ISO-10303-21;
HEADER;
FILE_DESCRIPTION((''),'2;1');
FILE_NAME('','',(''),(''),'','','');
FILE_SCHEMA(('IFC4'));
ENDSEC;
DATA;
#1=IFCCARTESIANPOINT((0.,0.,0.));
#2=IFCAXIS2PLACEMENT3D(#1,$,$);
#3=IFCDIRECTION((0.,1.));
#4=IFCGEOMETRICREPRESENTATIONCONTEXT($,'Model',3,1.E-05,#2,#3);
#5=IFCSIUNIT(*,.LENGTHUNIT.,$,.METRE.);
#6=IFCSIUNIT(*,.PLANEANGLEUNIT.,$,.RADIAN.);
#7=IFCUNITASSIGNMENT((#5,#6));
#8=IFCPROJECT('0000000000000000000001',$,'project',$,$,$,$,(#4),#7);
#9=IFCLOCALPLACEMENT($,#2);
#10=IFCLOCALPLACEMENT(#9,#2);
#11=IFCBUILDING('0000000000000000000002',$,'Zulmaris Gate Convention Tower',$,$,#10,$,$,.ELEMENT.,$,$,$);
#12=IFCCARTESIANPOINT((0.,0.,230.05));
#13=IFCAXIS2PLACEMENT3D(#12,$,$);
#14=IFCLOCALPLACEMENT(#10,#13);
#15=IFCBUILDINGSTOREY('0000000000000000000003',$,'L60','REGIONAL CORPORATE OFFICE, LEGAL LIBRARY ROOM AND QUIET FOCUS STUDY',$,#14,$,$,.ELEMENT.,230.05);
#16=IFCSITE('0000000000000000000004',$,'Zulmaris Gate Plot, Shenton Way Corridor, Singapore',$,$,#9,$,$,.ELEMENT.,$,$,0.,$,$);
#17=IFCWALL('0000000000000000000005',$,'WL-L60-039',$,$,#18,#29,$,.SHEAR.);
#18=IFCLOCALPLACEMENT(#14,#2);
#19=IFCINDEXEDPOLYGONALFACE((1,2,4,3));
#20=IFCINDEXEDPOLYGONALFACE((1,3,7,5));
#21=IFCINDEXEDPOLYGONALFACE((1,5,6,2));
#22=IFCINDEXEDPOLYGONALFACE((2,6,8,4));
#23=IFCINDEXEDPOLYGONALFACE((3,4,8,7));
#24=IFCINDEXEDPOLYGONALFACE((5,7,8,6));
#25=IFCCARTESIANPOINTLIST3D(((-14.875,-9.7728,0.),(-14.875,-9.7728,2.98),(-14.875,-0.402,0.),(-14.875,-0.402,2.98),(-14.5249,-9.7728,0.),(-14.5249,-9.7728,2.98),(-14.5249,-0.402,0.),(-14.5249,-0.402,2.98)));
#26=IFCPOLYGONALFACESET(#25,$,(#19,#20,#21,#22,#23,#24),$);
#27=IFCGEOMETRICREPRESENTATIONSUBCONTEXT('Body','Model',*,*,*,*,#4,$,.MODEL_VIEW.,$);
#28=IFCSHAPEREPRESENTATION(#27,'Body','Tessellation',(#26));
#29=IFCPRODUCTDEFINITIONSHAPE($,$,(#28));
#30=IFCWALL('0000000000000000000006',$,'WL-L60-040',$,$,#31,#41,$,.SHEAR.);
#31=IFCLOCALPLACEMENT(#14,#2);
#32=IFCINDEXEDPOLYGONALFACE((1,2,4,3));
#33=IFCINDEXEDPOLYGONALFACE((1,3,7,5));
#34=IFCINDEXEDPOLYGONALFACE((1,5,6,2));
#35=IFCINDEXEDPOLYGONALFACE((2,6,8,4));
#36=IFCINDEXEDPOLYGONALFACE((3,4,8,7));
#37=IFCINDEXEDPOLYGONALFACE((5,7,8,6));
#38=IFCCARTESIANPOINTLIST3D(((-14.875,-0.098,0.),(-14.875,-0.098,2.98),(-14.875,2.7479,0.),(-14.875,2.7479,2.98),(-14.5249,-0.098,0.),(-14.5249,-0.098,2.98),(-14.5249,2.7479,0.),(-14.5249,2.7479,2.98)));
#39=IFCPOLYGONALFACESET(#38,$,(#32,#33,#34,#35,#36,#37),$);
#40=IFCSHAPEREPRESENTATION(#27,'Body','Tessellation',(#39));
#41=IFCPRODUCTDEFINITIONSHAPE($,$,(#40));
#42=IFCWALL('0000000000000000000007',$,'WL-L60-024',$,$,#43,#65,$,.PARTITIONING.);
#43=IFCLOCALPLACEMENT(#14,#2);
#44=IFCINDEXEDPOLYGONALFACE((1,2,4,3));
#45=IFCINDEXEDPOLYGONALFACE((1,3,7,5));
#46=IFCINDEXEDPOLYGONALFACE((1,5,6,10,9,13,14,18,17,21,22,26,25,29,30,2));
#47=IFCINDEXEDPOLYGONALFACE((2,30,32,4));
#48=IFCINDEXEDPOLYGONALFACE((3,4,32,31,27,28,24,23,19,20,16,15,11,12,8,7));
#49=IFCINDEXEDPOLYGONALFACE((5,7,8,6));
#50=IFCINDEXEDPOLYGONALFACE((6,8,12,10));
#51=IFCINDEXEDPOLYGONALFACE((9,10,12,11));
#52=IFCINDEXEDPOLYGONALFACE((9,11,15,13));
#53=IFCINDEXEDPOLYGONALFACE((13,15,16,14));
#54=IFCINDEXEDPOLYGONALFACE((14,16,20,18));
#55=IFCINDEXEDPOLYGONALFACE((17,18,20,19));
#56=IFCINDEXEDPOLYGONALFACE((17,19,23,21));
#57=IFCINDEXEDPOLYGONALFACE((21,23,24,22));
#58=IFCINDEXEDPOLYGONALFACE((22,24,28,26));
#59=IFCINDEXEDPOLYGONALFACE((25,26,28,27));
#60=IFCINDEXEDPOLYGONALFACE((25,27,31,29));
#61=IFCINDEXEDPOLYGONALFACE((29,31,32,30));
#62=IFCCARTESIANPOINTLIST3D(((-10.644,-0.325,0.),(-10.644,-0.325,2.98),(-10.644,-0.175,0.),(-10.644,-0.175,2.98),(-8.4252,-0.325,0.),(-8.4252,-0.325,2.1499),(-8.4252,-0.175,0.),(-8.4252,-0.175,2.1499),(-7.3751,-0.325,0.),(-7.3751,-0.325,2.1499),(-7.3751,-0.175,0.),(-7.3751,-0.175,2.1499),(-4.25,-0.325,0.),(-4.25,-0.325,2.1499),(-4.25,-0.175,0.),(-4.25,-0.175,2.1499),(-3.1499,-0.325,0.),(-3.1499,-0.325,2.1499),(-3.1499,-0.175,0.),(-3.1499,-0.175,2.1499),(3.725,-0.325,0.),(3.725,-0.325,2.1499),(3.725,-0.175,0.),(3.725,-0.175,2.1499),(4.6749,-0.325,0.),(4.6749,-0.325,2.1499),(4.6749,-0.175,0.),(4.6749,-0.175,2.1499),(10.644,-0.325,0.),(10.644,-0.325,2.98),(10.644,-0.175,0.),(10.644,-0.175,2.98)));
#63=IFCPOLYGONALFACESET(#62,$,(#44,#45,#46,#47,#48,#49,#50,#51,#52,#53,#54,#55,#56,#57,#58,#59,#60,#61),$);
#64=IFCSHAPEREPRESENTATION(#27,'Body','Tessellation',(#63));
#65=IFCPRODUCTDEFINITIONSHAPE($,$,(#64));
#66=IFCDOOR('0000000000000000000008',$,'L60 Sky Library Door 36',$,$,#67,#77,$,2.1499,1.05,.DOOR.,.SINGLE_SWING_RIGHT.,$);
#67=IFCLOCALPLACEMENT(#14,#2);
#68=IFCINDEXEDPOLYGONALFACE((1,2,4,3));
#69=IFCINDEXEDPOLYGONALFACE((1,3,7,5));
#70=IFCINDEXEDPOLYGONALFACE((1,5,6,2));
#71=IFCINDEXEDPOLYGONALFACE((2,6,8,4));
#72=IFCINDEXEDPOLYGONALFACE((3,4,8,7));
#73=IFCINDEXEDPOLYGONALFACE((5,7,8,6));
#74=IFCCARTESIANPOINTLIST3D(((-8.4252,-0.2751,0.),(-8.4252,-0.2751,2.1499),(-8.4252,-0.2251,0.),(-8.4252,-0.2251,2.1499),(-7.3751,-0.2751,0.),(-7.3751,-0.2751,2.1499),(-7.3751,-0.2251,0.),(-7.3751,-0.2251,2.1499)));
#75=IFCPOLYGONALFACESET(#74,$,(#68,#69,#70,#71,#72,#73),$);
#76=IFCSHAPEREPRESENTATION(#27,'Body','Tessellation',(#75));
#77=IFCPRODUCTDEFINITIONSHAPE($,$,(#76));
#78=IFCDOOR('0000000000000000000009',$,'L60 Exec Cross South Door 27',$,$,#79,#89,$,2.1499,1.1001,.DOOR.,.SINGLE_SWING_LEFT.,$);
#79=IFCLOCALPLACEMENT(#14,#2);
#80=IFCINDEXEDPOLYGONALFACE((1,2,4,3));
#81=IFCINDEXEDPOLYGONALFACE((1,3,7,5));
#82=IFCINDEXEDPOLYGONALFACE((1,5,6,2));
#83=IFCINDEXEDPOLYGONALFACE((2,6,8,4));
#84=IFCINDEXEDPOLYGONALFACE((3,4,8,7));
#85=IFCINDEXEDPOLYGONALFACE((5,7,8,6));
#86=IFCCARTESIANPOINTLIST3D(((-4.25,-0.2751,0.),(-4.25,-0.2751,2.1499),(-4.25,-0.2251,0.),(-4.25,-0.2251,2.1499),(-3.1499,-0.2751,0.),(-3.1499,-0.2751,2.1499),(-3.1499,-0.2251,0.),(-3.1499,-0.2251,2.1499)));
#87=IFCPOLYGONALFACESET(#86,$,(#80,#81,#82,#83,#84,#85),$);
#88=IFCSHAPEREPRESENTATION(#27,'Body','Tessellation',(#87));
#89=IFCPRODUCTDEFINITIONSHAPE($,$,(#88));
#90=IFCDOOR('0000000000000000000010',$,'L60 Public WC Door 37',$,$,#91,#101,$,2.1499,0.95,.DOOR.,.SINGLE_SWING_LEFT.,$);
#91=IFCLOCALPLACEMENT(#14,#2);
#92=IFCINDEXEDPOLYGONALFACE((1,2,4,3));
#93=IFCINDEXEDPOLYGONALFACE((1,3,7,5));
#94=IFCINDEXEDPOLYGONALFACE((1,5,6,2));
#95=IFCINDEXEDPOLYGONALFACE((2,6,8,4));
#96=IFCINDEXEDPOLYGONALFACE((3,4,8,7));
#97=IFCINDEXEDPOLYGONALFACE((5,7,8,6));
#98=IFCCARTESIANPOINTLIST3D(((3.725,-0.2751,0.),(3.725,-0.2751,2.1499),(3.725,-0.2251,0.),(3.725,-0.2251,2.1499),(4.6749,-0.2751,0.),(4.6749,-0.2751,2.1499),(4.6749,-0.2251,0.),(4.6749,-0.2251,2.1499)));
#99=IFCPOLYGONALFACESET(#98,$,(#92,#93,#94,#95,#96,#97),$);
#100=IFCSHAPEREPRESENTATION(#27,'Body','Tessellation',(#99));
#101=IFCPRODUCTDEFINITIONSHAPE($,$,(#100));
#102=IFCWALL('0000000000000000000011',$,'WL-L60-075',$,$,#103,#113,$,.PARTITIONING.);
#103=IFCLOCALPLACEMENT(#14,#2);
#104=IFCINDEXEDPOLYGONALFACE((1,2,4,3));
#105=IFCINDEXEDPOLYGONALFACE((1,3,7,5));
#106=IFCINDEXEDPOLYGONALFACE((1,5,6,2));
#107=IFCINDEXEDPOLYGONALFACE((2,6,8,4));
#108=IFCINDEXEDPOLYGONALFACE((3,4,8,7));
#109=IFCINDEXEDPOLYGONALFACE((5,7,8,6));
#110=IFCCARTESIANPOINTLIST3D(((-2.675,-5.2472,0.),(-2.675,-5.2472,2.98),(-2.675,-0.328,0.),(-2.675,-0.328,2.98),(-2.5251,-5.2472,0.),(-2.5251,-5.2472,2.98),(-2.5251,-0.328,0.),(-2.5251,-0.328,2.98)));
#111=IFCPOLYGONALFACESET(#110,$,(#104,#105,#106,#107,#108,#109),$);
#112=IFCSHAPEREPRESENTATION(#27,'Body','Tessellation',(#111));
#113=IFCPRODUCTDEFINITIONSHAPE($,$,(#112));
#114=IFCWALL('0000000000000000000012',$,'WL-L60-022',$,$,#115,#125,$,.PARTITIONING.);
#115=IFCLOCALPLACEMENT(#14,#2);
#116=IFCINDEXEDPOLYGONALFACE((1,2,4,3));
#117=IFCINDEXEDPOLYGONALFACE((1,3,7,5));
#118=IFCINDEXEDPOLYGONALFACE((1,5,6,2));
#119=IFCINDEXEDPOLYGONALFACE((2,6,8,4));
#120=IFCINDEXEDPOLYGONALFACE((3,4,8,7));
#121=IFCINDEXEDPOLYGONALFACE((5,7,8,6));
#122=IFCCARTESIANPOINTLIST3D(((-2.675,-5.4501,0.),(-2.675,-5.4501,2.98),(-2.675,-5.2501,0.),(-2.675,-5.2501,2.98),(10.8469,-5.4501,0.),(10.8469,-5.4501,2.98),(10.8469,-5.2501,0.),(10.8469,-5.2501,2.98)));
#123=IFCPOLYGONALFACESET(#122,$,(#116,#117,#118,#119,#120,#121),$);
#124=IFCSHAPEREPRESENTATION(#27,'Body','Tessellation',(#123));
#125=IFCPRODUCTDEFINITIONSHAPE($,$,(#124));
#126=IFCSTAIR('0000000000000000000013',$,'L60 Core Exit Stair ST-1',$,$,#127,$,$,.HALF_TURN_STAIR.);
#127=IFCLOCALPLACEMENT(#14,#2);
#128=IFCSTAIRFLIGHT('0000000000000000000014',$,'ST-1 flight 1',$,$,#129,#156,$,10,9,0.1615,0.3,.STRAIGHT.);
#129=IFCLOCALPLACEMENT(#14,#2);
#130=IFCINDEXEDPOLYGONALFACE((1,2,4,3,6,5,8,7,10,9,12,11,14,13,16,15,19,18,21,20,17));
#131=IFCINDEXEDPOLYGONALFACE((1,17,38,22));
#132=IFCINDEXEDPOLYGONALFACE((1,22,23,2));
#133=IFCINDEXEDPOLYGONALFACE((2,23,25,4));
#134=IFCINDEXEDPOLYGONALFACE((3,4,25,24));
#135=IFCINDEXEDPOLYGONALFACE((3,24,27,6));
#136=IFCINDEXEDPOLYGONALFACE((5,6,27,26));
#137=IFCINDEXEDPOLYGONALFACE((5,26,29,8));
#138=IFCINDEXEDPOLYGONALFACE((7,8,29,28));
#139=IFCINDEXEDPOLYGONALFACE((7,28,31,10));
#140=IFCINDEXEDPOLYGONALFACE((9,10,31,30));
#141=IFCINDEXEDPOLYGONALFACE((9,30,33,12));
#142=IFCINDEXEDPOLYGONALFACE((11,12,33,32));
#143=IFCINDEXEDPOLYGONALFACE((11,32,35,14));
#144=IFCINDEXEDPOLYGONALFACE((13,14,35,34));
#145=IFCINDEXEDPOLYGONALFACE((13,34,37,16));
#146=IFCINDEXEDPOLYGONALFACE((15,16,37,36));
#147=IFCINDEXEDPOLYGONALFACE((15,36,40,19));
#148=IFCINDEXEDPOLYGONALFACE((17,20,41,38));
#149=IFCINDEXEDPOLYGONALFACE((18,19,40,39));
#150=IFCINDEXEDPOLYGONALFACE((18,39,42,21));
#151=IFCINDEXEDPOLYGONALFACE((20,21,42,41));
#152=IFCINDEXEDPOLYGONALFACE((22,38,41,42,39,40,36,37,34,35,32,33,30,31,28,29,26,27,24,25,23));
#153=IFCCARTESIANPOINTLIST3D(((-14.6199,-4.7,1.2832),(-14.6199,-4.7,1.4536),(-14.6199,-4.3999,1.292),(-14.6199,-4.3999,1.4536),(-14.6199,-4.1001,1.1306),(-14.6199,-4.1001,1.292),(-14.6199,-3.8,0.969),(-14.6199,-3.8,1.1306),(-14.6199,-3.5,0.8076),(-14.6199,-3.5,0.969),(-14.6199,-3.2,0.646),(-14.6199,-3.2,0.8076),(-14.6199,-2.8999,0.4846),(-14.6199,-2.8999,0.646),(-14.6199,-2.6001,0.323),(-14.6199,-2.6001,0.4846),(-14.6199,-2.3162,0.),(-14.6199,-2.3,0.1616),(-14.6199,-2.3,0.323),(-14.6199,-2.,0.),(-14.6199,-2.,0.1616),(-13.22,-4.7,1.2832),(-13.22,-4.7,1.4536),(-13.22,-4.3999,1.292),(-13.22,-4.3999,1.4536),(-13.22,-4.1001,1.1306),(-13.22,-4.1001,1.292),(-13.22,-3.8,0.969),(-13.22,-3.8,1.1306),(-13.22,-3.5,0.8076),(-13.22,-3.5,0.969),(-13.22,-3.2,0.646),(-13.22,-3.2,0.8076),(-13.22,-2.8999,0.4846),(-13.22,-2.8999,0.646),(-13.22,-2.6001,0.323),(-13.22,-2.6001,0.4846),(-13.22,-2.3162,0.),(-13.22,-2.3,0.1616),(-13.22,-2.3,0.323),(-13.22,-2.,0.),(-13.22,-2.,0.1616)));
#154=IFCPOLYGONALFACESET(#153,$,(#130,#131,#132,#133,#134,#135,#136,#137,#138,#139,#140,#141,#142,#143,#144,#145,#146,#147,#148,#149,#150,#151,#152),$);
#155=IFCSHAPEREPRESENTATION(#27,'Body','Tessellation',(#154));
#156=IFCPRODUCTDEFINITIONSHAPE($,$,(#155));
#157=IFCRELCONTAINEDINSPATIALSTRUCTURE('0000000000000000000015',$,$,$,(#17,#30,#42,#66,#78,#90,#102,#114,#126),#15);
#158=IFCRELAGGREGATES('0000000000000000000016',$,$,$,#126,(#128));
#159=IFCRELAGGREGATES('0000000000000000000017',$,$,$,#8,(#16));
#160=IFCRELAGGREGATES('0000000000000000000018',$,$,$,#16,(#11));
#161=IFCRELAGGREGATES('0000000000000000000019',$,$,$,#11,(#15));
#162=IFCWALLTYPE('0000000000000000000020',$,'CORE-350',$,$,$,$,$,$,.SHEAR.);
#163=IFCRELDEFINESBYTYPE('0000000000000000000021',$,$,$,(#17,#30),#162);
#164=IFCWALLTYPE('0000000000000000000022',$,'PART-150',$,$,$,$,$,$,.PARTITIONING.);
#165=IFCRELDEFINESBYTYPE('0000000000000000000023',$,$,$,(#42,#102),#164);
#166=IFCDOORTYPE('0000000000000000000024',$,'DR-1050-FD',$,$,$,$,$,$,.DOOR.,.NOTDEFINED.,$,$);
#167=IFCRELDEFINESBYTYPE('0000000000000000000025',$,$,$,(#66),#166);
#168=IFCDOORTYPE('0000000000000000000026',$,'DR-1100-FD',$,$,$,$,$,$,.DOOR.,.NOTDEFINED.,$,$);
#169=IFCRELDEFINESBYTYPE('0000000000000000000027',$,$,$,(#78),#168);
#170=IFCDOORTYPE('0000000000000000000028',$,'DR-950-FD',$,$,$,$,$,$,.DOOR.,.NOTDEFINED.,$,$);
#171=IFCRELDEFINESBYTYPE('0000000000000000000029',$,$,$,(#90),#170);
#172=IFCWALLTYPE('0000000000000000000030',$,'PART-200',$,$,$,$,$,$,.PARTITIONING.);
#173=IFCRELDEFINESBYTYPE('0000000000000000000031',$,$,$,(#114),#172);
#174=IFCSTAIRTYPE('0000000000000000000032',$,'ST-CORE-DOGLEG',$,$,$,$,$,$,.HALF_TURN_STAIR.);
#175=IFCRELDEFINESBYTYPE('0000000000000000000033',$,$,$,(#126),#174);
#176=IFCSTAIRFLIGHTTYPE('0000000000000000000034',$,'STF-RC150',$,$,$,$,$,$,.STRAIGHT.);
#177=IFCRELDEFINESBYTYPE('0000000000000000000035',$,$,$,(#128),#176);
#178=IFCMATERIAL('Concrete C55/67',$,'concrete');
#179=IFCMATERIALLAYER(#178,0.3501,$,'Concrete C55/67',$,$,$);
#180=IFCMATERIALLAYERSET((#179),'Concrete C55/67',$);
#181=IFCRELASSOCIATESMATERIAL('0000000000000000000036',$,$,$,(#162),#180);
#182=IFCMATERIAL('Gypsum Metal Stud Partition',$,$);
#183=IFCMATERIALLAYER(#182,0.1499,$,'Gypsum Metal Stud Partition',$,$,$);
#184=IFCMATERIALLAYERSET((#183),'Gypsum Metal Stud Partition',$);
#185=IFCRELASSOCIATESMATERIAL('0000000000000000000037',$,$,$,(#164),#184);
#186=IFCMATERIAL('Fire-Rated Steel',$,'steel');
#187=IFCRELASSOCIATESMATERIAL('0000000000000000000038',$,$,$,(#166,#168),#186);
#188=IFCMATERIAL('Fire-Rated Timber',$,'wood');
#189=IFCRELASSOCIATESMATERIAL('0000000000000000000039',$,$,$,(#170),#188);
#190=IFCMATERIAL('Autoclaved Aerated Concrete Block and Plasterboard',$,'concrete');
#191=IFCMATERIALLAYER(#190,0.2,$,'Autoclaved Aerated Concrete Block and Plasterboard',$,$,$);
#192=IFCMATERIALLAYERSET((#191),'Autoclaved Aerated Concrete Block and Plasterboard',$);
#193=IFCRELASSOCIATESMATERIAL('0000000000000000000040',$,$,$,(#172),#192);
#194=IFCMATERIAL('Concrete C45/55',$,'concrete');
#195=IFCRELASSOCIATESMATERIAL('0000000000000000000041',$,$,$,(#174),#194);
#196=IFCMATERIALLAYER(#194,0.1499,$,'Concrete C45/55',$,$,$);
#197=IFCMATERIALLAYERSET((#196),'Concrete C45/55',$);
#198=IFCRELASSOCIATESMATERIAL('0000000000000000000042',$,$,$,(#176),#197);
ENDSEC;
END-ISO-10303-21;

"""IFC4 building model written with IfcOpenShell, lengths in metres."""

from ifc_helpers import new_model, si_unit, direction, frame, frame_2d, origin, place, context, subcontext, project, spatial, polyline, rectangle, outline, extrude, material, layer, layer_set, type_object, element, fill, aggregate, save


model = new_model("IFC4")

# Units and contexts
model_context = context("Model", 3, precision=1e-05, world=origin(), true_north=direction((0.0, 1.0)))
body_context = subcontext(model_context, "Body", "Model", "MODEL_VIEW")
ifc_project = project(units=[si_unit("LENGTHUNIT", "METRE"), si_unit("PLANEANGLEUNIT", "RADIAN")], contexts=[model_context])

# Site, building, storey
site_placement = place(None, origin())
site = spatial("IfcSite", under=ifc_project, at=site_placement, Name="Zulmaris Gate Plot, Shenton Way Corridor, Singapore", CompositionType="ELEMENT", RefElevation=0.0)
building_placement = place(site_placement, origin())
building = spatial("IfcBuilding", under=site, at=building_placement, Name="Zulmaris Gate Convention Tower", CompositionType="ELEMENT")
storey_placement = place(building_placement, frame((0.0, 0.0, 230.05)))
storey = spatial("IfcBuildingStorey", under=building, at=storey_placement, Name="L60", Description="REGIONAL CORPORATE OFFICE, LEGAL LIBRARY ROOM AND QUIET FOCUS STUDY", CompositionType="ELEMENT", Elevation=230.05)

# Walls
ifc_material_1 = material(Name="Concrete C55/67", Category="concrete")
ifc_layer_1 = layer(ifc_material_1, 0.3501, Name="Concrete C55/67")
ifc_layer_set_1 = layer_set([ifc_layer_1], Name="Concrete C55/67")
wall_type_1 = type_object("IfcWallType", Name="CORE-350", PredefinedType="SHEAR", material=ifc_layer_set_1)
wall_1_placement = place(storey_placement, frame((-14.7, -9.7729, 0.0), z_axis=(0.0, 0.0, 1.0), x_axis=(0.0, 1.0, 0.0)))
element("IfcWall", 1, at=wall_1_placement, inside=storey, type_object=wall_type_1, Name="WL-L60-039", PredefinedType="SHEAR", context=body_context, shape_type="SweptSolid", body=[
    extrude(rectangle(XDim=9.3708, YDim=0.3501, at=frame_2d((4.6855, 0.0))), origin(), (0.0, 0.0, 1.0), 2.98),
])
wall_2_placement = place(storey_placement, frame((-14.7, -0.0979, 0.0), z_axis=(0.0, 0.0, 1.0), x_axis=(0.0, 1.0, 0.0)))
element("IfcWall", 2, at=wall_2_placement, inside=storey, type_object=wall_type_1, Name="WL-L60-040", PredefinedType="SHEAR", context=body_context, shape_type="SweptSolid", body=[
    extrude(rectangle(XDim=2.8459, YDim=0.3501, at=frame_2d((1.4229, 0.0))), origin(), (0.0, 0.0, 1.0), 2.98),
])

# Wall, openings, doors
ifc_material_2 = material(Name="Gypsum Metal Stud Partition")
ifc_layer_2 = layer(ifc_material_2, 0.1499, Name="Gypsum Metal Stud Partition")
ifc_layer_set_2 = layer_set([ifc_layer_2], Name="Gypsum Metal Stud Partition")
wall_type_2 = type_object("IfcWallType", Name="PART-150", PredefinedType="PARTITIONING", material=ifc_layer_set_2)
wall_3_placement = place(storey_placement, frame((-10.644, -0.25, 0.0), z_axis=(0.0, 0.0, 1.0), x_axis=(1.0, 0.0, 0.0)))
wall_3 = element("IfcWall", 3, at=wall_3_placement, inside=storey, type_object=wall_type_2, Name="WL-L60-024", PredefinedType="PARTITIONING", context=body_context, shape_type="SweptSolid", body=[
    extrude(rectangle(XDim=21.2881, YDim=0.1499, at=frame_2d((10.644, 0.0))), origin(), (0.0, 0.0, 1.0), 2.98),
])
opening_1_placement = place(wall_3_placement, frame((6.394, 0.0, 0.0)))
opening_1 = element("IfcOpeningElement", 4, at=opening_1_placement, cuts=wall_3, PredefinedType="OPENING", context=body_context, shape_type="SweptSolid", body=[
    extrude(rectangle(XDim=1.1001, YDim=2.1499, at=frame_2d((0.55, 1.075))), frame((0.0, 0.085, 0.0), z_axis=(0.0, -1.0, 0.0), x_axis=(1.0, 0.0, 0.0)), (0.0, 0.0, 1.0), 0.1699),
])
opening_2_placement = place(wall_3_placement, frame((2.219, 0.0, 0.0)))
opening_2 = element("IfcOpeningElement", 5, at=opening_2_placement, cuts=wall_3, PredefinedType="OPENING", context=body_context, shape_type="SweptSolid", body=[
    extrude(rectangle(XDim=1.05, YDim=2.1499, at=frame_2d((0.5249, 1.075))), frame((0.0, 0.085, 0.0), z_axis=(0.0, -1.0, 0.0), x_axis=(1.0, 0.0, 0.0)), (0.0, 0.0, 1.0), 0.1699),
])
opening_3_placement = place(wall_3_placement, frame((14.3689, 0.0, 0.0)))
opening_3 = element("IfcOpeningElement", 6, at=opening_3_placement, cuts=wall_3, PredefinedType="OPENING", context=body_context, shape_type="SweptSolid", body=[
    extrude(rectangle(XDim=0.95, YDim=2.1499, at=frame_2d((0.4751, 1.075))), frame((0.0, 0.085, 0.0), z_axis=(0.0, -1.0, 0.0), x_axis=(1.0, 0.0, 0.0)), (0.0, 0.0, 1.0), 0.1699),
])
ifc_material_3 = material(Name="Fire-Rated Steel", Category="steel")
door_type_1 = type_object("IfcDoorType", Name="DR-1050-FD", OperationType="NOTDEFINED", PredefinedType="DOOR", material=ifc_material_3)
door_1_placement = place(opening_2_placement, origin())
door_1 = element("IfcDoor", 7, at=door_1_placement, inside=storey, type_object=door_type_1, Name="L60 Sky Library Door 36", OperationType="SINGLE_SWING_RIGHT", OverallHeight=2.1499, OverallWidth=1.05, PredefinedType="DOOR", context=body_context, shape_type="SweptSolid", body=[
    extrude(rectangle(XDim=1.05, YDim=2.1499, at=frame_2d((0.5249, 1.075))), frame((0.0, 0.0249, 0.0), z_axis=(0.0, -1.0, 0.0), x_axis=(1.0, 0.0, 0.0)), (0.0, 0.0, 1.0), 0.05),
])
fill(opening_2, door_1)
door_type_2 = type_object("IfcDoorType", Name="DR-1100-FD", OperationType="NOTDEFINED", PredefinedType="DOOR", material=ifc_material_3)
door_2_placement = place(opening_1_placement, origin())
door_2 = element("IfcDoor", 8, at=door_2_placement, inside=storey, type_object=door_type_2, Name="L60 Exec Cross South Door 27", OperationType="SINGLE_SWING_LEFT", OverallHeight=2.1499, OverallWidth=1.1001, PredefinedType="DOOR", context=body_context, shape_type="SweptSolid", body=[
    extrude(rectangle(XDim=1.1001, YDim=2.1499, at=frame_2d((0.55, 1.075))), frame((0.0, 0.0249, 0.0), z_axis=(0.0, -1.0, 0.0), x_axis=(1.0, 0.0, 0.0)), (0.0, 0.0, 1.0), 0.05),
])
fill(opening_1, door_2)
ifc_material_4 = material(Name="Fire-Rated Timber", Category="wood")
door_type_3 = type_object("IfcDoorType", Name="DR-950-FD", OperationType="NOTDEFINED", PredefinedType="DOOR", material=ifc_material_4)
door_3_placement = place(opening_3_placement, origin())
door_3 = element("IfcDoor", 9, at=door_3_placement, inside=storey, type_object=door_type_3, Name="L60 Public WC Door 37", OperationType="SINGLE_SWING_LEFT", OverallHeight=2.1499, OverallWidth=0.95, PredefinedType="DOOR", context=body_context, shape_type="SweptSolid", body=[
    extrude(rectangle(XDim=0.95, YDim=2.1499, at=frame_2d((0.4751, 1.075))), frame((0.0, 0.0249, 0.0), z_axis=(0.0, -1.0, 0.0), x_axis=(1.0, 0.0, 0.0)), (0.0, 0.0, 1.0), 0.05),
])
fill(opening_3, door_3)

# Walls
wall_4_placement = place(storey_placement, frame((-2.6001, -5.2471, 0.0), z_axis=(0.0, 0.0, 1.0), x_axis=(0.0, 1.0, 0.0)))
element("IfcWall", 10, at=wall_4_placement, inside=storey, type_object=wall_type_2, Name="WL-L60-075", PredefinedType="PARTITIONING", context=body_context, shape_type="SweptSolid", body=[
    extrude(rectangle(XDim=4.9192, YDim=0.1499, at=frame_2d((2.4595, 0.0))), origin(), (0.0, 0.0, 1.0), 2.98),
])
ifc_material_5 = material(Name="Autoclaved Aerated Concrete Block and Plasterboard", Category="concrete")
ifc_layer_3 = layer(ifc_material_5, 0.2, Name="Autoclaved Aerated Concrete Block and Plasterboard")
ifc_layer_set_3 = layer_set([ifc_layer_3], Name="Autoclaved Aerated Concrete Block and Plasterboard")
wall_type_3 = type_object("IfcWallType", Name="PART-200", PredefinedType="PARTITIONING", material=ifc_layer_set_3)
wall_5_placement = place(storey_placement, frame((-2.675, -5.3501, 0.0), z_axis=(0.0, 0.0, 1.0), x_axis=(1.0, 0.0, 0.0)))
element("IfcWall", 11, at=wall_5_placement, inside=storey, type_object=wall_type_3, Name="WL-L60-022", PredefinedType="PARTITIONING", context=body_context, shape_type="SweptSolid", body=[
    extrude(rectangle(XDim=13.522, YDim=0.2, at=frame_2d((6.761, 0.0))), origin(), (0.0, 0.0, 1.0), 2.98),
])

# Stair, stair flight
ifc_material_6 = material(Name="Concrete C45/55", Category="concrete")
stair_type = type_object("IfcStairType", Name="ST-CORE-DOGLEG", PredefinedType="HALF_TURN_STAIR", material=ifc_material_6)
stair_placement = place(storey_placement, origin())
stair = element("IfcStair", 12, at=stair_placement, inside=storey, type_object=stair_type, Name="L60 Core Exit Stair ST-1", PredefinedType="HALF_TURN_STAIR")
ifc_layer_4 = layer(ifc_material_6, 0.1499, Name="Concrete C45/55")
ifc_layer_set_4 = layer_set([ifc_layer_4], Name="Concrete C45/55")
stair_flight_type = type_object("IfcStairFlightType", Name="STF-RC150", PredefinedType="STRAIGHT", material=ifc_layer_set_4)
stair_flight_1_placement = place(storey_placement, frame((-13.9199, -2.0, 0.0), z_axis=(0.0, 0.0, 1.0), x_axis=(0.0, -1.0, 0.0)))
stair_flight_1 = element("IfcStairFlight", 13, at=stair_flight_1_placement, type_object=stair_flight_type, Name="ST-1 flight 1", NumberOfRisers=10, NumberOfTreads=9, PredefinedType="STRAIGHT", RiserHeight=0.1615, TreadLength=0.3, context=body_context, shape_type="SweptSolid", body=[
    extrude(outline(polyline([(0.0, 0.0), (0.0, 0.1616), (0.3, 0.1616), (0.3, 0.323), (0.6001, 0.323), (0.6001, 0.4846), (0.8999, 0.4846), (0.8999, 0.646), (1.2, 0.646), (1.2, 0.8076), (1.5, 0.8076), (1.5, 0.969), (1.8, 0.969), (1.8, 1.1306), (2.1001, 1.1306), (2.1001, 1.292), (2.3999, 1.292), (2.3999, 1.4536), (2.7, 1.4536), (2.7, 1.615), (2.7, 1.2832), (0.3162, 0.0), (0.0, 0.0)])), frame((0.0, 0.7, 0.0), z_axis=(0.0, -1.0, 0.0), x_axis=(1.0, 0.0, 0.0)), (0.0, 0.0, 1.0), 1.3999),
])
aggregate(stair, [stair_flight_1])

save(model, "model.ifc")
